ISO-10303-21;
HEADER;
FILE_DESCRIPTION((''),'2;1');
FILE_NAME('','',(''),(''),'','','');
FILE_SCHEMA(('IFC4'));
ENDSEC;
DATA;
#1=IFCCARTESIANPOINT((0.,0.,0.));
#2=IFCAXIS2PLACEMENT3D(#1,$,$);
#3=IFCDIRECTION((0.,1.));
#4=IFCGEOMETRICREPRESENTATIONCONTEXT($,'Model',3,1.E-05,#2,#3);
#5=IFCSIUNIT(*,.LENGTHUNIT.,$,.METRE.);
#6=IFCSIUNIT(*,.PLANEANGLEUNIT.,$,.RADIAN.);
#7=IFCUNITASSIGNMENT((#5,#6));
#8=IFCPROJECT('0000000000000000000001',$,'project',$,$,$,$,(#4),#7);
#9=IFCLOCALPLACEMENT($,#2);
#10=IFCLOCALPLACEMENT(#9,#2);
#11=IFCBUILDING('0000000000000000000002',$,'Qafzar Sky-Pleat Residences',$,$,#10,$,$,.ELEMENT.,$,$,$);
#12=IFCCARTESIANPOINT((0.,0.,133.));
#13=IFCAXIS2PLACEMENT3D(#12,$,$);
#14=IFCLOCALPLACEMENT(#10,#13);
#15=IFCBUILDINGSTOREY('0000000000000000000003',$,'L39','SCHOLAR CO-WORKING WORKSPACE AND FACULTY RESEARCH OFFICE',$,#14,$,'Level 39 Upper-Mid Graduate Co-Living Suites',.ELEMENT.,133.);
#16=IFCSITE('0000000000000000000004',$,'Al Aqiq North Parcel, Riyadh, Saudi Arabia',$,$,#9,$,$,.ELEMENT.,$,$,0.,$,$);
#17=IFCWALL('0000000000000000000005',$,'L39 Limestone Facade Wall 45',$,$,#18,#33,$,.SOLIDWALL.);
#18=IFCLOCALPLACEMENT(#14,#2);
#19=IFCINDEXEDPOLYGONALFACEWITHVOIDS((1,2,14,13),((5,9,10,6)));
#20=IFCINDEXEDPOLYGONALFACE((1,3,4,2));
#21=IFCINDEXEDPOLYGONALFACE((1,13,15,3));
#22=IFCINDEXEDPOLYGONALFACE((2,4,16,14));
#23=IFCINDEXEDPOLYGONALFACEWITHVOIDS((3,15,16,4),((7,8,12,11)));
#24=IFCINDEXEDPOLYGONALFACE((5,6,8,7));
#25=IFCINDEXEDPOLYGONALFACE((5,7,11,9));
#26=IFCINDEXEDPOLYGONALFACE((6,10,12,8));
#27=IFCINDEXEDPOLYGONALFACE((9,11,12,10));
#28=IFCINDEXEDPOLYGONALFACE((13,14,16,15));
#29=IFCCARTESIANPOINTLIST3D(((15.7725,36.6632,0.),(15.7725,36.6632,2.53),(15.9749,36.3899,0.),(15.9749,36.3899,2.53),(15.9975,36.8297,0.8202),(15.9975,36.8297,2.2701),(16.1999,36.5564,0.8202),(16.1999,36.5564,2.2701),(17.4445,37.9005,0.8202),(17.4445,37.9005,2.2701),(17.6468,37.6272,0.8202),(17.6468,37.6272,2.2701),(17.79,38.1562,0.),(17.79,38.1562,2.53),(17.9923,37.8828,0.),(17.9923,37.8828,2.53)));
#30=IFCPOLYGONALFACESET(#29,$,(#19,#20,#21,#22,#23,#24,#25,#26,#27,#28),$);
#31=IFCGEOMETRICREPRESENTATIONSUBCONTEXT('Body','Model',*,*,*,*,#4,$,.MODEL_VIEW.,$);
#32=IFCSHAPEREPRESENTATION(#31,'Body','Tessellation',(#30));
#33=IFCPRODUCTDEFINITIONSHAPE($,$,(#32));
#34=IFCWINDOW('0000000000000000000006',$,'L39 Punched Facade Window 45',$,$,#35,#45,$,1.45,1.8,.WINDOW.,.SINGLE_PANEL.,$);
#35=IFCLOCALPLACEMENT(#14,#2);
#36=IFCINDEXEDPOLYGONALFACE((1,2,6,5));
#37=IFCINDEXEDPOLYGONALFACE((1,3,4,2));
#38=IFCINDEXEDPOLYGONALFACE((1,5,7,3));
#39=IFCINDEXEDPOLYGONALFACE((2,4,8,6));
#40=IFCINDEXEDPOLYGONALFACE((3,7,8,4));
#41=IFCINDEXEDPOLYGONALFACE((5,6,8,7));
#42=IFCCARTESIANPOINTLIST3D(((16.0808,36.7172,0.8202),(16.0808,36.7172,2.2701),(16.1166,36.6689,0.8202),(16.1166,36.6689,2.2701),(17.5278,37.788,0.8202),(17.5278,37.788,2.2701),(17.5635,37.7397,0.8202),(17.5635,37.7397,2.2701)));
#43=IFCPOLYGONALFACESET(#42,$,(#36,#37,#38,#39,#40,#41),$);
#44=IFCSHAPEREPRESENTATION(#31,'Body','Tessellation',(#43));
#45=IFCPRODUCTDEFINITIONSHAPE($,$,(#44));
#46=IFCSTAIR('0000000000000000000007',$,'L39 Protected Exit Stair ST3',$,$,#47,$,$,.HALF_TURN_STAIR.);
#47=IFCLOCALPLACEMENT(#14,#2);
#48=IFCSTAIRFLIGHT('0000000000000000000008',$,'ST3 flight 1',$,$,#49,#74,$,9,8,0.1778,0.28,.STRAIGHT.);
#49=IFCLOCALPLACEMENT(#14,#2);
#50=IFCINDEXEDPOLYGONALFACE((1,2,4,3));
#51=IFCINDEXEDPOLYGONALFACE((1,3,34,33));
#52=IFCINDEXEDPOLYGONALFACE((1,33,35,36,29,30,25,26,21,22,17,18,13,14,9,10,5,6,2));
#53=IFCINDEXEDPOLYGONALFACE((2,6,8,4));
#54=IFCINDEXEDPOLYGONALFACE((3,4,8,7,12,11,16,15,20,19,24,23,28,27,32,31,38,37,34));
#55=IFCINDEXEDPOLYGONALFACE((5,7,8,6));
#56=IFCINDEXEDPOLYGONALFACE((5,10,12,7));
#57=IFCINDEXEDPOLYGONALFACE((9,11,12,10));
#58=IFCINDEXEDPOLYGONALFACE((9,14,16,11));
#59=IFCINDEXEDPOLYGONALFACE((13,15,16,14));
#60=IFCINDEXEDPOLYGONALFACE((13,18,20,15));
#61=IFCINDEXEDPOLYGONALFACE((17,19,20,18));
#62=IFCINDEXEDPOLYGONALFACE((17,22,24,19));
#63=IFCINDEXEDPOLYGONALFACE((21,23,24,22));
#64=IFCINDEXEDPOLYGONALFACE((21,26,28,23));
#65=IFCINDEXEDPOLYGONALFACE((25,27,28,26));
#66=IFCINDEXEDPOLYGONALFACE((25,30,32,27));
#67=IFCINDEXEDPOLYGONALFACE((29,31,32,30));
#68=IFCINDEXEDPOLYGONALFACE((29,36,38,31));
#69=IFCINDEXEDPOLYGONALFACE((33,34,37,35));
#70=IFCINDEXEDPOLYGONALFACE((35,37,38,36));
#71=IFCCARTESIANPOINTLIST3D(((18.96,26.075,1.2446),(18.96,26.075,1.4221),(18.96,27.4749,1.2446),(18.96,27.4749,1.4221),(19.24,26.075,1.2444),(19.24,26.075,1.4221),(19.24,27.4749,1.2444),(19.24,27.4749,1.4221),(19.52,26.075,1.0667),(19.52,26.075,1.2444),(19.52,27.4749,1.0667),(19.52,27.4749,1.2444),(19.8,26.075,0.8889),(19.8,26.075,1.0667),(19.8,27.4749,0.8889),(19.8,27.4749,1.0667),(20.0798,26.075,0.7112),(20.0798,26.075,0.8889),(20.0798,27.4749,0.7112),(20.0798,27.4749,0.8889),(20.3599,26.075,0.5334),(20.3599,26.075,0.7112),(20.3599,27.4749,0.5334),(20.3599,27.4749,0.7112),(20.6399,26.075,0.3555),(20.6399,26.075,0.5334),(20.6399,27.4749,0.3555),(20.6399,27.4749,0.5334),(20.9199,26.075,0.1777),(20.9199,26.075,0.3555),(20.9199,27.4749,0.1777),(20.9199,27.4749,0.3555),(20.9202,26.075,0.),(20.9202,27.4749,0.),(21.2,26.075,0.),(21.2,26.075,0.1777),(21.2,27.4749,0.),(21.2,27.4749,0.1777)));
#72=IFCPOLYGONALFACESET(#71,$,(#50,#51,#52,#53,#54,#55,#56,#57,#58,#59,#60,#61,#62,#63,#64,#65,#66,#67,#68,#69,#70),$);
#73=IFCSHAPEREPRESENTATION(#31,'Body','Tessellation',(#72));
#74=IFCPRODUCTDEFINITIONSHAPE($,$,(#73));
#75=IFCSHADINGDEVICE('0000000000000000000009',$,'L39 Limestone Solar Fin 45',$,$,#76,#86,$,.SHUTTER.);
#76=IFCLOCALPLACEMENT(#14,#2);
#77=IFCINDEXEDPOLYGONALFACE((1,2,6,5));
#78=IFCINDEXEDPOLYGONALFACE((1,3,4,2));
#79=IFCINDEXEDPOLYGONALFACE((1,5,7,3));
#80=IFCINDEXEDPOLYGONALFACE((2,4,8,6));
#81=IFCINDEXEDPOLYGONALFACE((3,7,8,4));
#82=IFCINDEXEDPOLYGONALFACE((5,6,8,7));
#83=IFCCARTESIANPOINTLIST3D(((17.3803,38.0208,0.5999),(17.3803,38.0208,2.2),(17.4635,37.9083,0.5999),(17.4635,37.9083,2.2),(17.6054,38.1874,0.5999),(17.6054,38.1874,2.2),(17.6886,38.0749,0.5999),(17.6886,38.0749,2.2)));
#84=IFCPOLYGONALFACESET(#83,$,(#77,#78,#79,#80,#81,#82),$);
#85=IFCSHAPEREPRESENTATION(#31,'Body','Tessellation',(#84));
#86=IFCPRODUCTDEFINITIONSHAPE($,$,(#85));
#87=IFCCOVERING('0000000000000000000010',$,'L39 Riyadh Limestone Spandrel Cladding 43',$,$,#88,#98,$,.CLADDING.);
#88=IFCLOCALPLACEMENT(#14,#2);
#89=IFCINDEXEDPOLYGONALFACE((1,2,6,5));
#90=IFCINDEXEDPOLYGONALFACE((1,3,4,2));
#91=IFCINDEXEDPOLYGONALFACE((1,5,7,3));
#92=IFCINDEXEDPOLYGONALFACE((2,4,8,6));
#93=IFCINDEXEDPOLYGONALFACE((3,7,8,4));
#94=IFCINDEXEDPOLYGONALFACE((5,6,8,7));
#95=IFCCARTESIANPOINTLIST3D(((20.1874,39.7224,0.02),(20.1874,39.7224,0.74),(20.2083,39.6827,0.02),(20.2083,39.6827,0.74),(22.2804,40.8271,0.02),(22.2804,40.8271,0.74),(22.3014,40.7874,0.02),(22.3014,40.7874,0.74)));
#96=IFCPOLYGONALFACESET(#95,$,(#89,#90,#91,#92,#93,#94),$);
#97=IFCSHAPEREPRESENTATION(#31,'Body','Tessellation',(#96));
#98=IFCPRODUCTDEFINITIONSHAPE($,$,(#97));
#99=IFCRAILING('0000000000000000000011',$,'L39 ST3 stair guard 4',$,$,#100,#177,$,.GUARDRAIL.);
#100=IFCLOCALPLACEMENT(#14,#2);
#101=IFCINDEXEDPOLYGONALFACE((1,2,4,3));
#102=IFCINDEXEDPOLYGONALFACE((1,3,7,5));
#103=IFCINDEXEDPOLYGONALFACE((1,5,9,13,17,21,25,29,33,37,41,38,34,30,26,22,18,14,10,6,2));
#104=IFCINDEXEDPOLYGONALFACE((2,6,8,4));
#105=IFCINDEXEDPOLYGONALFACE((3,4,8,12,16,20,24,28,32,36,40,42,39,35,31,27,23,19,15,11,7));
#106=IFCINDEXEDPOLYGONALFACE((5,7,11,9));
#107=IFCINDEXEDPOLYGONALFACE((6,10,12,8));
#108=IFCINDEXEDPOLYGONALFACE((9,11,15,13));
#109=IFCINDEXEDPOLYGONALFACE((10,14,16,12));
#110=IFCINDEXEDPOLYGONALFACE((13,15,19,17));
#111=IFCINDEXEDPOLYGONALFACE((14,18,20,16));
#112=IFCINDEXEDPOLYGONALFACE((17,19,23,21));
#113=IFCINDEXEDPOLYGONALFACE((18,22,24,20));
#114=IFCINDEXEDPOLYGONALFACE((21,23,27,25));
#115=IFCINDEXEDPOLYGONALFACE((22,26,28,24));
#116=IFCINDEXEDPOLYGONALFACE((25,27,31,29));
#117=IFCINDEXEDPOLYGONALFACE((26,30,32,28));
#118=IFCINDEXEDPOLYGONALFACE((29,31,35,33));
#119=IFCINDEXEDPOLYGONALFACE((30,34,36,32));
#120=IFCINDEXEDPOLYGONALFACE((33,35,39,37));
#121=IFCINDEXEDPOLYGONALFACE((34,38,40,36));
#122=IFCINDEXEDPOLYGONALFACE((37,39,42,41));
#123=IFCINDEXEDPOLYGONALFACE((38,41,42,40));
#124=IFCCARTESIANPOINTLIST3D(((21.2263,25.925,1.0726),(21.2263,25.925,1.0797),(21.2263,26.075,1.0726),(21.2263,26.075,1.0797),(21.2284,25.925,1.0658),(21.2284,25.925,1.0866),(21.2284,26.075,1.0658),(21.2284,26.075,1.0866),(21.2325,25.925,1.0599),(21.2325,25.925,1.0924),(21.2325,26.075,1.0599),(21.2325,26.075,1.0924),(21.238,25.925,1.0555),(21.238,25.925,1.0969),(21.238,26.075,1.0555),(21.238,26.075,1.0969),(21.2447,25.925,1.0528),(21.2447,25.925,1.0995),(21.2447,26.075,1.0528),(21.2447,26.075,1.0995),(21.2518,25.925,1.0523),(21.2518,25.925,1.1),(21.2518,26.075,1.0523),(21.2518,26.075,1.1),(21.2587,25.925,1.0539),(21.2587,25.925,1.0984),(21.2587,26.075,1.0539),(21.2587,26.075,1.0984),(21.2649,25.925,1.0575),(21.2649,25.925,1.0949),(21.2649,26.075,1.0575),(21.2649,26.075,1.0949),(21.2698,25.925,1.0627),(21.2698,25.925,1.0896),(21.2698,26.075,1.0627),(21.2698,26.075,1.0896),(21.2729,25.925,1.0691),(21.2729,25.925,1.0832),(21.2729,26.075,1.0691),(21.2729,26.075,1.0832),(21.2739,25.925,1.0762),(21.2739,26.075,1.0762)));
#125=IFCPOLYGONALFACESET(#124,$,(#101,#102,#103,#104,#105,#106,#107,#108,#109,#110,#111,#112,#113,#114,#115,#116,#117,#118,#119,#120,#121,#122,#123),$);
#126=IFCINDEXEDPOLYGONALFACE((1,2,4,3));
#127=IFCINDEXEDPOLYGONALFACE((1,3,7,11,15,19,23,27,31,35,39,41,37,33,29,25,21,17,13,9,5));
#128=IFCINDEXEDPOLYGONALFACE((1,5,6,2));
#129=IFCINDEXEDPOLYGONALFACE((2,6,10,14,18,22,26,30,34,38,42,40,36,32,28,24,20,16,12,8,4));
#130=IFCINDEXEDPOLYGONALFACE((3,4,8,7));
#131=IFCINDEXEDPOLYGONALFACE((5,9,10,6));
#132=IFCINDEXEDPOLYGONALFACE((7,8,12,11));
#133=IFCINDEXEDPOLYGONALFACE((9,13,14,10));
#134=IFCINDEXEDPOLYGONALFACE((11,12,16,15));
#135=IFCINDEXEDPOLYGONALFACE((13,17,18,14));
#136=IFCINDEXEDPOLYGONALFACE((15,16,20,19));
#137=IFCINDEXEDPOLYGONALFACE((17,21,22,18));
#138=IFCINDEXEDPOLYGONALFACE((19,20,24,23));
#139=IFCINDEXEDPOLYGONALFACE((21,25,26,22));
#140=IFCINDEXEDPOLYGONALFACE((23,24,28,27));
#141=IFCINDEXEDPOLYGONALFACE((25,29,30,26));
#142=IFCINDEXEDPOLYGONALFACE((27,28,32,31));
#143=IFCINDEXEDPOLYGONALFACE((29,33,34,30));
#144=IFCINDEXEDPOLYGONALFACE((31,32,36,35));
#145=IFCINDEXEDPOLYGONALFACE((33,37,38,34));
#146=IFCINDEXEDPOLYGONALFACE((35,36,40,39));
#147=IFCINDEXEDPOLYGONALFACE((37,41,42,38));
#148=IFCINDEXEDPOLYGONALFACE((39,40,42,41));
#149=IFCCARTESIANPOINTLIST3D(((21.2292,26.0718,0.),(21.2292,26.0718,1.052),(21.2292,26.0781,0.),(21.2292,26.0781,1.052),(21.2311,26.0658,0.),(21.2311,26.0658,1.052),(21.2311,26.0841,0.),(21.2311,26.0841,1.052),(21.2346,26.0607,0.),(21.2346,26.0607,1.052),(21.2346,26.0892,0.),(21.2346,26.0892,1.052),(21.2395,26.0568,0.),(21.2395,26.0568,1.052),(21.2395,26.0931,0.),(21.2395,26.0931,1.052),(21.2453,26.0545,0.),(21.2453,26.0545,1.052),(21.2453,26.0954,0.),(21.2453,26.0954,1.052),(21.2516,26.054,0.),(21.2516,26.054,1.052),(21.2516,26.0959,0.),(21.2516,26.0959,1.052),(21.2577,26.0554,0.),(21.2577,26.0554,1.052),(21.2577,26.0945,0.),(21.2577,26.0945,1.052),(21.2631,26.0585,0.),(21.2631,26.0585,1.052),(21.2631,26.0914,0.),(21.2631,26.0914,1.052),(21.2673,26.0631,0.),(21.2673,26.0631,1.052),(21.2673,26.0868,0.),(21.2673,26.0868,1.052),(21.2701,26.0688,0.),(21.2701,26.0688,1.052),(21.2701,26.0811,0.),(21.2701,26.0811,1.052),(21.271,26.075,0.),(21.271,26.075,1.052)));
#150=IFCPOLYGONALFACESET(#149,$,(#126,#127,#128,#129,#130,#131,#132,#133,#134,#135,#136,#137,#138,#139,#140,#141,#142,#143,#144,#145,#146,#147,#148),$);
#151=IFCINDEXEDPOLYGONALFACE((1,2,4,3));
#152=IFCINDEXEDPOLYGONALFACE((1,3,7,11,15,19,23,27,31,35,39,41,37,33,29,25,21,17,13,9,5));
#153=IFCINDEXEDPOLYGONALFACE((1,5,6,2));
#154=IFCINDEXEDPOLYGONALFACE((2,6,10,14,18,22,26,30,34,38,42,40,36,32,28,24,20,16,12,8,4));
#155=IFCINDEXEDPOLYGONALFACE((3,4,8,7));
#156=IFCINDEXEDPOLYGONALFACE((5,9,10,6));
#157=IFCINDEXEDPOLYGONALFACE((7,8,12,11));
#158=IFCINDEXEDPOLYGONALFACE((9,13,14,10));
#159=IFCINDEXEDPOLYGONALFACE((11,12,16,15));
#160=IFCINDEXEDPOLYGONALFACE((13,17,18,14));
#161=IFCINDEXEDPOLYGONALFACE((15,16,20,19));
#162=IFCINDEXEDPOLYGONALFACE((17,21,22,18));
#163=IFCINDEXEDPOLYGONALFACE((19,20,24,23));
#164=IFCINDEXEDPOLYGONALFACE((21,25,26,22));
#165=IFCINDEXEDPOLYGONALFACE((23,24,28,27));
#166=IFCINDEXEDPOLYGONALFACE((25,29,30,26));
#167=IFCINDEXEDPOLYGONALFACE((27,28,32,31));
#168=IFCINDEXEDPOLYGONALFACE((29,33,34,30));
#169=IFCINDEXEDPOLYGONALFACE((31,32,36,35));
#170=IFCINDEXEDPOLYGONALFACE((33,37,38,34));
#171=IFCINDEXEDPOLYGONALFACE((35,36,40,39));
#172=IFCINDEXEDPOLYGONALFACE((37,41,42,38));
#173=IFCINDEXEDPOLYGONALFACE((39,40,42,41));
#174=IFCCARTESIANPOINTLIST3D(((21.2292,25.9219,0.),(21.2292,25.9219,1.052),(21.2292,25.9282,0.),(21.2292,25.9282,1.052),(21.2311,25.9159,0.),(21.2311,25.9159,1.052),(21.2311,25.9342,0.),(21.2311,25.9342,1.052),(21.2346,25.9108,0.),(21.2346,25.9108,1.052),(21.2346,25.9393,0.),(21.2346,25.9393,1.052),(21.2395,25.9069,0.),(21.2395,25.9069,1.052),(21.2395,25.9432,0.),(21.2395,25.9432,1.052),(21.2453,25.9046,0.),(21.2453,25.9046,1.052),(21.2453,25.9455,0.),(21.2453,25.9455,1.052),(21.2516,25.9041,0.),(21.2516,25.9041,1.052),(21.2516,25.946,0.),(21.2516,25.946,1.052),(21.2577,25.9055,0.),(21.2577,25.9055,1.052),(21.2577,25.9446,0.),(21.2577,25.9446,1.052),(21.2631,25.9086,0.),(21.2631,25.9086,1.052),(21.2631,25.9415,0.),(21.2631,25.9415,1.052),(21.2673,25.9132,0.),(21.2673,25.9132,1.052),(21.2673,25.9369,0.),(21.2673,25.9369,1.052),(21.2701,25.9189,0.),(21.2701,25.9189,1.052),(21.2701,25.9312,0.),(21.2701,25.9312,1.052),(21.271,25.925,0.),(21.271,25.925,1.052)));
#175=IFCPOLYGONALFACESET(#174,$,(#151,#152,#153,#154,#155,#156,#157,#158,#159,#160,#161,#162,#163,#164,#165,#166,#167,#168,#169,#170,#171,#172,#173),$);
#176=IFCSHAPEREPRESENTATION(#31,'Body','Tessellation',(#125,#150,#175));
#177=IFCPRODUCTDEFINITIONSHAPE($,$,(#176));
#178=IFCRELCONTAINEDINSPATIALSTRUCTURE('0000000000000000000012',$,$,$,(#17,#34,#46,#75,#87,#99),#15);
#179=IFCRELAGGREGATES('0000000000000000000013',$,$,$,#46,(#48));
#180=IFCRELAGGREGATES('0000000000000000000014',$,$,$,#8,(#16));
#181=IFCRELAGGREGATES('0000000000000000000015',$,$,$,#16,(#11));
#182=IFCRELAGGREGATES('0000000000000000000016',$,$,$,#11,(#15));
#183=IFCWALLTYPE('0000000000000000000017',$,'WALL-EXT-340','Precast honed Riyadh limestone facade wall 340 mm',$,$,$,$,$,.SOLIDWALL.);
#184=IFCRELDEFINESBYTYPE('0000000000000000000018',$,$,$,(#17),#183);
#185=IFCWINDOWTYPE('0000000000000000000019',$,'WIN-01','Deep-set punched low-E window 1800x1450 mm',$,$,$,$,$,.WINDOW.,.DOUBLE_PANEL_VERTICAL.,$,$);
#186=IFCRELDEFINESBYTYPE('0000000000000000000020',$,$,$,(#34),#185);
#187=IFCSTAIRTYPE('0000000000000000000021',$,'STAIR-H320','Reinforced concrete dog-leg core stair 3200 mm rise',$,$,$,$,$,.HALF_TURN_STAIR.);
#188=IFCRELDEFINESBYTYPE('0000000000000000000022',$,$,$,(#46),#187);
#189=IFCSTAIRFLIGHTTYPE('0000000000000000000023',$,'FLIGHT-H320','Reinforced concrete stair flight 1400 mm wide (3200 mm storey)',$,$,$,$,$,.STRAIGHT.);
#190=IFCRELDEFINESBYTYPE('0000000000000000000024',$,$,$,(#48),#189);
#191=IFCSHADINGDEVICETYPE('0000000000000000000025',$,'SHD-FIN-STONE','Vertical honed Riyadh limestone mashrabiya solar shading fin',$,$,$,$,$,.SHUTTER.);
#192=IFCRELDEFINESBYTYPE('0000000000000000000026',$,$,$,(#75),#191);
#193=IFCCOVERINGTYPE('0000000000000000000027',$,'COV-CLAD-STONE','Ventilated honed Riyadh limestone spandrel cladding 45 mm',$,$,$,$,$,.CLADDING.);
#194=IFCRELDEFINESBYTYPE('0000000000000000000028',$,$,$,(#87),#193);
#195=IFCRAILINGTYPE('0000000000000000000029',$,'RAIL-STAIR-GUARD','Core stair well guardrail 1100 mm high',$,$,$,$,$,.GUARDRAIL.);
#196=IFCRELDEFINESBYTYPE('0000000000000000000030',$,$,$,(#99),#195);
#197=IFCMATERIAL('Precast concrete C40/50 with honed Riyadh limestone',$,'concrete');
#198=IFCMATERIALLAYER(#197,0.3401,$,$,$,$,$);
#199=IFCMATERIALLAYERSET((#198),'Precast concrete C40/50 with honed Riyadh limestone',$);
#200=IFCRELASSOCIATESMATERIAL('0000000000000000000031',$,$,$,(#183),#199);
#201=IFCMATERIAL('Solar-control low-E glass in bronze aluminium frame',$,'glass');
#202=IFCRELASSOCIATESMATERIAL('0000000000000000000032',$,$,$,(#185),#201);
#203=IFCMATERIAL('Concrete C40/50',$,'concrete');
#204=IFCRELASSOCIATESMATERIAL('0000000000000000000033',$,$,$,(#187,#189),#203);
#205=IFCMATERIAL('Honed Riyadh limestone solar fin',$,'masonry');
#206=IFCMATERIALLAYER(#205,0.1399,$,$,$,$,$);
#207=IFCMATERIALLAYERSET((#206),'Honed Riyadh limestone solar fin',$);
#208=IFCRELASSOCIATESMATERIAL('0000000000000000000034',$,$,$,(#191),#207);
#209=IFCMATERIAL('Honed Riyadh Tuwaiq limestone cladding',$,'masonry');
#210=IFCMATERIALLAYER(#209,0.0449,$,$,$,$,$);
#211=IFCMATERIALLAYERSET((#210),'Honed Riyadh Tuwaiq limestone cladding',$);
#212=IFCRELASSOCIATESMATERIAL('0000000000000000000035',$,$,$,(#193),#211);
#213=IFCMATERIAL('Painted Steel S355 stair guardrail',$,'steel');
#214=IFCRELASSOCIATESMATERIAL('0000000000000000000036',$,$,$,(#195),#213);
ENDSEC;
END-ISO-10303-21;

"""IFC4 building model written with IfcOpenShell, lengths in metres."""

from ifc_helpers import new_model, si_unit, direction, frame, frame_2d, origin, origin_2d, place, context, subcontext, project, spatial, polyline, rectangle, circle, outline, extrude, source, transform, mapped, material, layer, layer_set, type_object, element, fill, aggregate, save


model = new_model("IFC4")

# Units and contexts
model_context = context("Model", 3, precision=1e-05, world=origin(), true_north=direction((0.0, 1.0)))
body_context = subcontext(model_context, "Body", "Model", "MODEL_VIEW")
ifc_project = project(units=[si_unit("LENGTHUNIT", "METRE"), si_unit("PLANEANGLEUNIT", "RADIAN")], contexts=[model_context])

# Site, building, storey
site_placement = place(None, origin())
site = spatial("IfcSite", under=ifc_project, at=site_placement, Name="Al Aqiq North Parcel, Riyadh, Saudi Arabia", CompositionType="ELEMENT", RefElevation=0.0)
building_placement = place(site_placement, origin())
building = spatial("IfcBuilding", under=site, at=building_placement, Name="Qafzar Sky-Pleat Residences", CompositionType="ELEMENT")
storey_placement = place(building_placement, frame((0.0, 0.0, 133.0)))
storey = spatial("IfcBuildingStorey", under=building, at=storey_placement, Name="L39", Description="SCHOLAR CO-WORKING WORKSPACE AND FACULTY RESEARCH OFFICE", LongName="Level 39 Upper-Mid Graduate Co-Living Suites", CompositionType="ELEMENT", Elevation=133.0)

# Wall, opening, window
ifc_material_1 = material(Name="Precast concrete C40/50 with honed Riyadh limestone", Category="concrete")
ifc_layer_1 = layer(ifc_material_1, 0.3401)
ifc_layer_set_1 = layer_set([ifc_layer_1], Name="Precast concrete C40/50 with honed Riyadh limestone")
wall_type_1 = type_object("IfcWallType", Name="WALL-EXT-340", Description="Precast honed Riyadh limestone facade wall 340 mm", PredefinedType="SOLIDWALL", material=ifc_layer_set_1)
ifc_material_2 = material(Name="Solar-control low-E glass in bronze aluminium frame", Category="glass")
wall_1_placement = place(storey_placement, frame((17.8911, 38.0195, 0.0), z_axis=(0.0, 0.0, 1.0), x_axis=(-0.803824, -0.594867, 0.0)))
wall_1 = element("IfcWall", 1, at=wall_1_placement, inside=storey, type_object=wall_type_1, Name="L39 Limestone Facade Wall 45", PredefinedType="SOLIDWALL", context=body_context, shape_type="SweptSolid", body=[
    extrude(rectangle(XDim=2.5098, YDim=0.3401, at=frame_2d((1.2549, 0.0))), origin(), (0.0, 0.0, 1.0), 2.53),
])
opening_1_placement = place(wall_1_placement, frame((0.4299, 0.0, 0.8201)))
opening_1 = element("IfcOpeningElement", 2, at=opening_1_placement, cuts=wall_1, PredefinedType="OPENING", context=body_context, shape_type="SweptSolid", body=[
    extrude(rectangle(XDim=1.8, YDim=1.45, at=frame_2d((0.8999, 0.7251))), frame((0.0, 0.1802, 0.0), z_axis=(0.0, -1.0, 0.0), x_axis=(1.0, 0.0, 0.0)), (0.0, 0.0, 1.0), 0.3601),
])
window_type_1 = type_object("IfcWindowType", Name="WIN-01", Description="Deep-set punched low-E window 1800x1450 mm", PartitioningType="DOUBLE_PANEL_VERTICAL", PredefinedType="WINDOW", material=ifc_material_2)
shared_shape_1 = source(origin(), body_context, "Body", "SweptSolid", [
    extrude(rectangle(XDim=1.8, YDim=1.45, at=frame_2d((0.8999, 0.7251))), frame((0.0, 0.03, 0.0), z_axis=(0.0, -1.0, 0.0), x_axis=(1.0, 0.0, 0.0)), (0.0, 0.0, 1.0), 0.0601),
])
window_1_placement = place(opening_1_placement, origin())
window_1 = element("IfcWindow", 3, at=window_1_placement, inside=storey, type_object=window_type_1, Name="L39 Punched Facade Window 45", OverallHeight=1.45, OverallWidth=1.8, PartitioningType="SINGLE_PANEL", PredefinedType="WINDOW", context=body_context, shape_type="MappedRepresentation", body=[
    mapped(shared_shape_1, transform((0.0, 0.0, 0.0), x_axis=(1.0, 0.0, 0.0), y_axis=(0.0, 1.0, 0.0), z_axis=(0.0, 0.0, 1.0), scale=1.0)),
])
fill(opening_1, window_1)

# Stair, stair flight
ifc_material_3 = material(Name="Concrete C40/50", Category="concrete")
stair_type = type_object("IfcStairType", Name="STAIR-H320", Description="Reinforced concrete dog-leg core stair 3200 mm rise", PredefinedType="HALF_TURN_STAIR", material=ifc_material_3)
stair_placement = place(storey_placement, origin())
stair = element("IfcStair", 4, at=stair_placement, inside=storey, type_object=stair_type, Name="L39 Protected Exit Stair ST3", PredefinedType="HALF_TURN_STAIR")
stair_flight_type = type_object("IfcStairFlightType", Name="FLIGHT-H320", Description="Reinforced concrete stair flight 1400 mm wide (3200 mm storey)", PredefinedType="STRAIGHT", material=ifc_material_3)
shared_shape_2 = source(origin(), body_context, "Body", "SweptSolid", [
    extrude(outline(polyline([(0.0, 0.0), (0.0, 0.1777), (0.28, 0.1777), (0.28, 0.3555), (0.5601, 0.3555), (0.5601, 0.5334), (0.8401, 0.5334), (0.8401, 0.7112), (1.1201, 0.7112), (1.1201, 0.8889), (1.3999, 0.8889), (1.3999, 1.0667), (1.6799, 1.0667), (1.6799, 1.2444), (1.96, 1.2444), (1.96, 1.4221), (2.24, 1.4221), (2.24, 1.6001), (2.24, 1.2446), (0.2798, 0.0), (0.0, 0.0)])), frame((0.0, 0.7, 0.0), z_axis=(0.0, -1.0, 0.0), x_axis=(1.0, 0.0, 0.0)), (0.0, 0.0, 1.0), 1.3999),
])
stair_flight_placement = place(storey_placement, frame((21.2, 26.7749, 0.0), z_axis=(0.0, 0.0, 1.0), x_axis=(-1.0, 0.0, 0.0)))
stair_flight = element("IfcStairFlight", 5, at=stair_flight_placement, type_object=stair_flight_type, Name="ST3 flight 1", NumberOfRisers=9, NumberOfTreads=8, PredefinedType="STRAIGHT", RiserHeight=0.1778, TreadLength=0.28, context=body_context, shape_type="MappedRepresentation", body=[
    mapped(shared_shape_2, transform((0.0, 0.0, 0.0), x_axis=(1.0, 0.0, 0.0), y_axis=(0.0, 1.0, 0.0), z_axis=(0.0, 0.0, 1.0), scale=1.0)),
])
aggregate(stair, [stair_flight])

# Shading device
ifc_material_4 = material(Name="Honed Riyadh limestone solar fin", Category="masonry")
ifc_layer_2 = layer(ifc_material_4, 0.1399)
ifc_layer_set_2 = layer_set([ifc_layer_2], Name="Honed Riyadh limestone solar fin")
shading_device_type = type_object("IfcShadingDeviceType", Name="SHD-FIN-STONE", Description="Vertical honed Riyadh limestone mashrabiya solar shading fin", PredefinedType="SHUTTER", material=ifc_layer_set_2)
shared_shape_3 = source(origin(), body_context, "Body", "SweptSolid", [
    extrude(rectangle(XDim=0.1399, YDim=0.28, at=origin_2d()), origin(), (0.0, 0.0, 1.0), 1.6001),
])
shading_device_placement = place(storey_placement, frame((17.5344, 38.0479, 0.5999), z_axis=(0.0, 0.0, 1.0), x_axis=(-0.594883, 0.803812, 0.0)))
element("IfcShadingDevice", 6, at=shading_device_placement, inside=storey, type_object=shading_device_type, Name="L39 Limestone Solar Fin 45", PredefinedType="SHUTTER", context=body_context, shape_type="MappedRepresentation", body=[
    mapped(shared_shape_3, transform((0.0, 0.0, 0.0), x_axis=(1.0, 0.0, 0.0), y_axis=(0.0, 1.0, 0.0), z_axis=(0.0, 0.0, 1.0), scale=1.0)),
])

# Covering
ifc_material_5 = material(Name="Honed Riyadh Tuwaiq limestone cladding", Category="masonry")
ifc_layer_3 = layer(ifc_material_5, 0.0449)
ifc_layer_set_3 = layer_set([ifc_layer_3], Name="Honed Riyadh Tuwaiq limestone cladding")
covering_type = type_object("IfcCoveringType", Name="COV-CLAD-STONE", Description="Ventilated honed Riyadh limestone spandrel cladding 45 mm", PredefinedType="CLADDING", material=ifc_layer_set_3)
shared_shape_4 = source(origin(), body_context, "Body", "SweptSolid", [
    extrude(rectangle(XDim=2.3667, YDim=0.0449, at=origin_2d()), origin(), (0.0, 0.0, 1.0), 0.72),
])
covering_placement = place(storey_placement, frame((21.2444, 40.2549, 0.02), z_axis=(0.0, 0.0, 1.0), x_axis=(-0.884386, -0.466757, 0.0)))
element("IfcCovering", 7, at=covering_placement, inside=storey, type_object=covering_type, Name="L39 Riyadh Limestone Spandrel Cladding 43", PredefinedType="CLADDING", context=body_context, shape_type="MappedRepresentation", body=[
    mapped(shared_shape_4, transform((0.0, 0.0, 0.0), x_axis=(1.0, 0.0, 0.0), y_axis=(0.0, 1.0, 0.0), z_axis=(0.0, 0.0, 1.0), scale=1.0)),
])

# Railing
ifc_material_6 = material(Name="Painted Steel S355 stair guardrail", Category="steel")
railing_type_1 = type_object("IfcRailingType", Name="RAIL-STAIR-GUARD", Description="Core stair well guardrail 1100 mm high", PredefinedType="GUARDRAIL", material=ifc_material_6)
shared_shape_5 = source(origin(), body_context, "Body", "SweptSolid", [
    extrude(circle(Radius=0.0239, at=origin_2d()), frame((0.0, 0.0, 1.0762), z_axis=(0.0, -1.0, 0.0), x_axis=(1.0, 0.0, 0.0)), (0.0, 0.0, 1.0), 0.1499),
    extrude(circle(Radius=0.021, at=origin_2d()), origin(), (0.0, 0.0, 1.0), 1.052),
    extrude(circle(Radius=0.021, at=origin_2d()), frame((0.0, -0.1499, 0.0)), (0.0, 0.0, 1.0), 1.052),
])
railing_1_placement = place(storey_placement, frame((21.25, 26.075, 0.0)))
element("IfcRailing", 8, at=railing_1_placement, inside=storey, type_object=railing_type_1, Name="L39 ST3 stair guard 4", PredefinedType="GUARDRAIL", context=body_context, shape_type="MappedRepresentation", body=[
    mapped(shared_shape_5, transform((0.0, 0.0, 0.0), x_axis=(1.0, 0.0, 0.0), y_axis=(0.0, 1.0, 0.0), z_axis=(0.0, 0.0, 1.0), scale=1.0)),
])

save(model, "model.ifc")
